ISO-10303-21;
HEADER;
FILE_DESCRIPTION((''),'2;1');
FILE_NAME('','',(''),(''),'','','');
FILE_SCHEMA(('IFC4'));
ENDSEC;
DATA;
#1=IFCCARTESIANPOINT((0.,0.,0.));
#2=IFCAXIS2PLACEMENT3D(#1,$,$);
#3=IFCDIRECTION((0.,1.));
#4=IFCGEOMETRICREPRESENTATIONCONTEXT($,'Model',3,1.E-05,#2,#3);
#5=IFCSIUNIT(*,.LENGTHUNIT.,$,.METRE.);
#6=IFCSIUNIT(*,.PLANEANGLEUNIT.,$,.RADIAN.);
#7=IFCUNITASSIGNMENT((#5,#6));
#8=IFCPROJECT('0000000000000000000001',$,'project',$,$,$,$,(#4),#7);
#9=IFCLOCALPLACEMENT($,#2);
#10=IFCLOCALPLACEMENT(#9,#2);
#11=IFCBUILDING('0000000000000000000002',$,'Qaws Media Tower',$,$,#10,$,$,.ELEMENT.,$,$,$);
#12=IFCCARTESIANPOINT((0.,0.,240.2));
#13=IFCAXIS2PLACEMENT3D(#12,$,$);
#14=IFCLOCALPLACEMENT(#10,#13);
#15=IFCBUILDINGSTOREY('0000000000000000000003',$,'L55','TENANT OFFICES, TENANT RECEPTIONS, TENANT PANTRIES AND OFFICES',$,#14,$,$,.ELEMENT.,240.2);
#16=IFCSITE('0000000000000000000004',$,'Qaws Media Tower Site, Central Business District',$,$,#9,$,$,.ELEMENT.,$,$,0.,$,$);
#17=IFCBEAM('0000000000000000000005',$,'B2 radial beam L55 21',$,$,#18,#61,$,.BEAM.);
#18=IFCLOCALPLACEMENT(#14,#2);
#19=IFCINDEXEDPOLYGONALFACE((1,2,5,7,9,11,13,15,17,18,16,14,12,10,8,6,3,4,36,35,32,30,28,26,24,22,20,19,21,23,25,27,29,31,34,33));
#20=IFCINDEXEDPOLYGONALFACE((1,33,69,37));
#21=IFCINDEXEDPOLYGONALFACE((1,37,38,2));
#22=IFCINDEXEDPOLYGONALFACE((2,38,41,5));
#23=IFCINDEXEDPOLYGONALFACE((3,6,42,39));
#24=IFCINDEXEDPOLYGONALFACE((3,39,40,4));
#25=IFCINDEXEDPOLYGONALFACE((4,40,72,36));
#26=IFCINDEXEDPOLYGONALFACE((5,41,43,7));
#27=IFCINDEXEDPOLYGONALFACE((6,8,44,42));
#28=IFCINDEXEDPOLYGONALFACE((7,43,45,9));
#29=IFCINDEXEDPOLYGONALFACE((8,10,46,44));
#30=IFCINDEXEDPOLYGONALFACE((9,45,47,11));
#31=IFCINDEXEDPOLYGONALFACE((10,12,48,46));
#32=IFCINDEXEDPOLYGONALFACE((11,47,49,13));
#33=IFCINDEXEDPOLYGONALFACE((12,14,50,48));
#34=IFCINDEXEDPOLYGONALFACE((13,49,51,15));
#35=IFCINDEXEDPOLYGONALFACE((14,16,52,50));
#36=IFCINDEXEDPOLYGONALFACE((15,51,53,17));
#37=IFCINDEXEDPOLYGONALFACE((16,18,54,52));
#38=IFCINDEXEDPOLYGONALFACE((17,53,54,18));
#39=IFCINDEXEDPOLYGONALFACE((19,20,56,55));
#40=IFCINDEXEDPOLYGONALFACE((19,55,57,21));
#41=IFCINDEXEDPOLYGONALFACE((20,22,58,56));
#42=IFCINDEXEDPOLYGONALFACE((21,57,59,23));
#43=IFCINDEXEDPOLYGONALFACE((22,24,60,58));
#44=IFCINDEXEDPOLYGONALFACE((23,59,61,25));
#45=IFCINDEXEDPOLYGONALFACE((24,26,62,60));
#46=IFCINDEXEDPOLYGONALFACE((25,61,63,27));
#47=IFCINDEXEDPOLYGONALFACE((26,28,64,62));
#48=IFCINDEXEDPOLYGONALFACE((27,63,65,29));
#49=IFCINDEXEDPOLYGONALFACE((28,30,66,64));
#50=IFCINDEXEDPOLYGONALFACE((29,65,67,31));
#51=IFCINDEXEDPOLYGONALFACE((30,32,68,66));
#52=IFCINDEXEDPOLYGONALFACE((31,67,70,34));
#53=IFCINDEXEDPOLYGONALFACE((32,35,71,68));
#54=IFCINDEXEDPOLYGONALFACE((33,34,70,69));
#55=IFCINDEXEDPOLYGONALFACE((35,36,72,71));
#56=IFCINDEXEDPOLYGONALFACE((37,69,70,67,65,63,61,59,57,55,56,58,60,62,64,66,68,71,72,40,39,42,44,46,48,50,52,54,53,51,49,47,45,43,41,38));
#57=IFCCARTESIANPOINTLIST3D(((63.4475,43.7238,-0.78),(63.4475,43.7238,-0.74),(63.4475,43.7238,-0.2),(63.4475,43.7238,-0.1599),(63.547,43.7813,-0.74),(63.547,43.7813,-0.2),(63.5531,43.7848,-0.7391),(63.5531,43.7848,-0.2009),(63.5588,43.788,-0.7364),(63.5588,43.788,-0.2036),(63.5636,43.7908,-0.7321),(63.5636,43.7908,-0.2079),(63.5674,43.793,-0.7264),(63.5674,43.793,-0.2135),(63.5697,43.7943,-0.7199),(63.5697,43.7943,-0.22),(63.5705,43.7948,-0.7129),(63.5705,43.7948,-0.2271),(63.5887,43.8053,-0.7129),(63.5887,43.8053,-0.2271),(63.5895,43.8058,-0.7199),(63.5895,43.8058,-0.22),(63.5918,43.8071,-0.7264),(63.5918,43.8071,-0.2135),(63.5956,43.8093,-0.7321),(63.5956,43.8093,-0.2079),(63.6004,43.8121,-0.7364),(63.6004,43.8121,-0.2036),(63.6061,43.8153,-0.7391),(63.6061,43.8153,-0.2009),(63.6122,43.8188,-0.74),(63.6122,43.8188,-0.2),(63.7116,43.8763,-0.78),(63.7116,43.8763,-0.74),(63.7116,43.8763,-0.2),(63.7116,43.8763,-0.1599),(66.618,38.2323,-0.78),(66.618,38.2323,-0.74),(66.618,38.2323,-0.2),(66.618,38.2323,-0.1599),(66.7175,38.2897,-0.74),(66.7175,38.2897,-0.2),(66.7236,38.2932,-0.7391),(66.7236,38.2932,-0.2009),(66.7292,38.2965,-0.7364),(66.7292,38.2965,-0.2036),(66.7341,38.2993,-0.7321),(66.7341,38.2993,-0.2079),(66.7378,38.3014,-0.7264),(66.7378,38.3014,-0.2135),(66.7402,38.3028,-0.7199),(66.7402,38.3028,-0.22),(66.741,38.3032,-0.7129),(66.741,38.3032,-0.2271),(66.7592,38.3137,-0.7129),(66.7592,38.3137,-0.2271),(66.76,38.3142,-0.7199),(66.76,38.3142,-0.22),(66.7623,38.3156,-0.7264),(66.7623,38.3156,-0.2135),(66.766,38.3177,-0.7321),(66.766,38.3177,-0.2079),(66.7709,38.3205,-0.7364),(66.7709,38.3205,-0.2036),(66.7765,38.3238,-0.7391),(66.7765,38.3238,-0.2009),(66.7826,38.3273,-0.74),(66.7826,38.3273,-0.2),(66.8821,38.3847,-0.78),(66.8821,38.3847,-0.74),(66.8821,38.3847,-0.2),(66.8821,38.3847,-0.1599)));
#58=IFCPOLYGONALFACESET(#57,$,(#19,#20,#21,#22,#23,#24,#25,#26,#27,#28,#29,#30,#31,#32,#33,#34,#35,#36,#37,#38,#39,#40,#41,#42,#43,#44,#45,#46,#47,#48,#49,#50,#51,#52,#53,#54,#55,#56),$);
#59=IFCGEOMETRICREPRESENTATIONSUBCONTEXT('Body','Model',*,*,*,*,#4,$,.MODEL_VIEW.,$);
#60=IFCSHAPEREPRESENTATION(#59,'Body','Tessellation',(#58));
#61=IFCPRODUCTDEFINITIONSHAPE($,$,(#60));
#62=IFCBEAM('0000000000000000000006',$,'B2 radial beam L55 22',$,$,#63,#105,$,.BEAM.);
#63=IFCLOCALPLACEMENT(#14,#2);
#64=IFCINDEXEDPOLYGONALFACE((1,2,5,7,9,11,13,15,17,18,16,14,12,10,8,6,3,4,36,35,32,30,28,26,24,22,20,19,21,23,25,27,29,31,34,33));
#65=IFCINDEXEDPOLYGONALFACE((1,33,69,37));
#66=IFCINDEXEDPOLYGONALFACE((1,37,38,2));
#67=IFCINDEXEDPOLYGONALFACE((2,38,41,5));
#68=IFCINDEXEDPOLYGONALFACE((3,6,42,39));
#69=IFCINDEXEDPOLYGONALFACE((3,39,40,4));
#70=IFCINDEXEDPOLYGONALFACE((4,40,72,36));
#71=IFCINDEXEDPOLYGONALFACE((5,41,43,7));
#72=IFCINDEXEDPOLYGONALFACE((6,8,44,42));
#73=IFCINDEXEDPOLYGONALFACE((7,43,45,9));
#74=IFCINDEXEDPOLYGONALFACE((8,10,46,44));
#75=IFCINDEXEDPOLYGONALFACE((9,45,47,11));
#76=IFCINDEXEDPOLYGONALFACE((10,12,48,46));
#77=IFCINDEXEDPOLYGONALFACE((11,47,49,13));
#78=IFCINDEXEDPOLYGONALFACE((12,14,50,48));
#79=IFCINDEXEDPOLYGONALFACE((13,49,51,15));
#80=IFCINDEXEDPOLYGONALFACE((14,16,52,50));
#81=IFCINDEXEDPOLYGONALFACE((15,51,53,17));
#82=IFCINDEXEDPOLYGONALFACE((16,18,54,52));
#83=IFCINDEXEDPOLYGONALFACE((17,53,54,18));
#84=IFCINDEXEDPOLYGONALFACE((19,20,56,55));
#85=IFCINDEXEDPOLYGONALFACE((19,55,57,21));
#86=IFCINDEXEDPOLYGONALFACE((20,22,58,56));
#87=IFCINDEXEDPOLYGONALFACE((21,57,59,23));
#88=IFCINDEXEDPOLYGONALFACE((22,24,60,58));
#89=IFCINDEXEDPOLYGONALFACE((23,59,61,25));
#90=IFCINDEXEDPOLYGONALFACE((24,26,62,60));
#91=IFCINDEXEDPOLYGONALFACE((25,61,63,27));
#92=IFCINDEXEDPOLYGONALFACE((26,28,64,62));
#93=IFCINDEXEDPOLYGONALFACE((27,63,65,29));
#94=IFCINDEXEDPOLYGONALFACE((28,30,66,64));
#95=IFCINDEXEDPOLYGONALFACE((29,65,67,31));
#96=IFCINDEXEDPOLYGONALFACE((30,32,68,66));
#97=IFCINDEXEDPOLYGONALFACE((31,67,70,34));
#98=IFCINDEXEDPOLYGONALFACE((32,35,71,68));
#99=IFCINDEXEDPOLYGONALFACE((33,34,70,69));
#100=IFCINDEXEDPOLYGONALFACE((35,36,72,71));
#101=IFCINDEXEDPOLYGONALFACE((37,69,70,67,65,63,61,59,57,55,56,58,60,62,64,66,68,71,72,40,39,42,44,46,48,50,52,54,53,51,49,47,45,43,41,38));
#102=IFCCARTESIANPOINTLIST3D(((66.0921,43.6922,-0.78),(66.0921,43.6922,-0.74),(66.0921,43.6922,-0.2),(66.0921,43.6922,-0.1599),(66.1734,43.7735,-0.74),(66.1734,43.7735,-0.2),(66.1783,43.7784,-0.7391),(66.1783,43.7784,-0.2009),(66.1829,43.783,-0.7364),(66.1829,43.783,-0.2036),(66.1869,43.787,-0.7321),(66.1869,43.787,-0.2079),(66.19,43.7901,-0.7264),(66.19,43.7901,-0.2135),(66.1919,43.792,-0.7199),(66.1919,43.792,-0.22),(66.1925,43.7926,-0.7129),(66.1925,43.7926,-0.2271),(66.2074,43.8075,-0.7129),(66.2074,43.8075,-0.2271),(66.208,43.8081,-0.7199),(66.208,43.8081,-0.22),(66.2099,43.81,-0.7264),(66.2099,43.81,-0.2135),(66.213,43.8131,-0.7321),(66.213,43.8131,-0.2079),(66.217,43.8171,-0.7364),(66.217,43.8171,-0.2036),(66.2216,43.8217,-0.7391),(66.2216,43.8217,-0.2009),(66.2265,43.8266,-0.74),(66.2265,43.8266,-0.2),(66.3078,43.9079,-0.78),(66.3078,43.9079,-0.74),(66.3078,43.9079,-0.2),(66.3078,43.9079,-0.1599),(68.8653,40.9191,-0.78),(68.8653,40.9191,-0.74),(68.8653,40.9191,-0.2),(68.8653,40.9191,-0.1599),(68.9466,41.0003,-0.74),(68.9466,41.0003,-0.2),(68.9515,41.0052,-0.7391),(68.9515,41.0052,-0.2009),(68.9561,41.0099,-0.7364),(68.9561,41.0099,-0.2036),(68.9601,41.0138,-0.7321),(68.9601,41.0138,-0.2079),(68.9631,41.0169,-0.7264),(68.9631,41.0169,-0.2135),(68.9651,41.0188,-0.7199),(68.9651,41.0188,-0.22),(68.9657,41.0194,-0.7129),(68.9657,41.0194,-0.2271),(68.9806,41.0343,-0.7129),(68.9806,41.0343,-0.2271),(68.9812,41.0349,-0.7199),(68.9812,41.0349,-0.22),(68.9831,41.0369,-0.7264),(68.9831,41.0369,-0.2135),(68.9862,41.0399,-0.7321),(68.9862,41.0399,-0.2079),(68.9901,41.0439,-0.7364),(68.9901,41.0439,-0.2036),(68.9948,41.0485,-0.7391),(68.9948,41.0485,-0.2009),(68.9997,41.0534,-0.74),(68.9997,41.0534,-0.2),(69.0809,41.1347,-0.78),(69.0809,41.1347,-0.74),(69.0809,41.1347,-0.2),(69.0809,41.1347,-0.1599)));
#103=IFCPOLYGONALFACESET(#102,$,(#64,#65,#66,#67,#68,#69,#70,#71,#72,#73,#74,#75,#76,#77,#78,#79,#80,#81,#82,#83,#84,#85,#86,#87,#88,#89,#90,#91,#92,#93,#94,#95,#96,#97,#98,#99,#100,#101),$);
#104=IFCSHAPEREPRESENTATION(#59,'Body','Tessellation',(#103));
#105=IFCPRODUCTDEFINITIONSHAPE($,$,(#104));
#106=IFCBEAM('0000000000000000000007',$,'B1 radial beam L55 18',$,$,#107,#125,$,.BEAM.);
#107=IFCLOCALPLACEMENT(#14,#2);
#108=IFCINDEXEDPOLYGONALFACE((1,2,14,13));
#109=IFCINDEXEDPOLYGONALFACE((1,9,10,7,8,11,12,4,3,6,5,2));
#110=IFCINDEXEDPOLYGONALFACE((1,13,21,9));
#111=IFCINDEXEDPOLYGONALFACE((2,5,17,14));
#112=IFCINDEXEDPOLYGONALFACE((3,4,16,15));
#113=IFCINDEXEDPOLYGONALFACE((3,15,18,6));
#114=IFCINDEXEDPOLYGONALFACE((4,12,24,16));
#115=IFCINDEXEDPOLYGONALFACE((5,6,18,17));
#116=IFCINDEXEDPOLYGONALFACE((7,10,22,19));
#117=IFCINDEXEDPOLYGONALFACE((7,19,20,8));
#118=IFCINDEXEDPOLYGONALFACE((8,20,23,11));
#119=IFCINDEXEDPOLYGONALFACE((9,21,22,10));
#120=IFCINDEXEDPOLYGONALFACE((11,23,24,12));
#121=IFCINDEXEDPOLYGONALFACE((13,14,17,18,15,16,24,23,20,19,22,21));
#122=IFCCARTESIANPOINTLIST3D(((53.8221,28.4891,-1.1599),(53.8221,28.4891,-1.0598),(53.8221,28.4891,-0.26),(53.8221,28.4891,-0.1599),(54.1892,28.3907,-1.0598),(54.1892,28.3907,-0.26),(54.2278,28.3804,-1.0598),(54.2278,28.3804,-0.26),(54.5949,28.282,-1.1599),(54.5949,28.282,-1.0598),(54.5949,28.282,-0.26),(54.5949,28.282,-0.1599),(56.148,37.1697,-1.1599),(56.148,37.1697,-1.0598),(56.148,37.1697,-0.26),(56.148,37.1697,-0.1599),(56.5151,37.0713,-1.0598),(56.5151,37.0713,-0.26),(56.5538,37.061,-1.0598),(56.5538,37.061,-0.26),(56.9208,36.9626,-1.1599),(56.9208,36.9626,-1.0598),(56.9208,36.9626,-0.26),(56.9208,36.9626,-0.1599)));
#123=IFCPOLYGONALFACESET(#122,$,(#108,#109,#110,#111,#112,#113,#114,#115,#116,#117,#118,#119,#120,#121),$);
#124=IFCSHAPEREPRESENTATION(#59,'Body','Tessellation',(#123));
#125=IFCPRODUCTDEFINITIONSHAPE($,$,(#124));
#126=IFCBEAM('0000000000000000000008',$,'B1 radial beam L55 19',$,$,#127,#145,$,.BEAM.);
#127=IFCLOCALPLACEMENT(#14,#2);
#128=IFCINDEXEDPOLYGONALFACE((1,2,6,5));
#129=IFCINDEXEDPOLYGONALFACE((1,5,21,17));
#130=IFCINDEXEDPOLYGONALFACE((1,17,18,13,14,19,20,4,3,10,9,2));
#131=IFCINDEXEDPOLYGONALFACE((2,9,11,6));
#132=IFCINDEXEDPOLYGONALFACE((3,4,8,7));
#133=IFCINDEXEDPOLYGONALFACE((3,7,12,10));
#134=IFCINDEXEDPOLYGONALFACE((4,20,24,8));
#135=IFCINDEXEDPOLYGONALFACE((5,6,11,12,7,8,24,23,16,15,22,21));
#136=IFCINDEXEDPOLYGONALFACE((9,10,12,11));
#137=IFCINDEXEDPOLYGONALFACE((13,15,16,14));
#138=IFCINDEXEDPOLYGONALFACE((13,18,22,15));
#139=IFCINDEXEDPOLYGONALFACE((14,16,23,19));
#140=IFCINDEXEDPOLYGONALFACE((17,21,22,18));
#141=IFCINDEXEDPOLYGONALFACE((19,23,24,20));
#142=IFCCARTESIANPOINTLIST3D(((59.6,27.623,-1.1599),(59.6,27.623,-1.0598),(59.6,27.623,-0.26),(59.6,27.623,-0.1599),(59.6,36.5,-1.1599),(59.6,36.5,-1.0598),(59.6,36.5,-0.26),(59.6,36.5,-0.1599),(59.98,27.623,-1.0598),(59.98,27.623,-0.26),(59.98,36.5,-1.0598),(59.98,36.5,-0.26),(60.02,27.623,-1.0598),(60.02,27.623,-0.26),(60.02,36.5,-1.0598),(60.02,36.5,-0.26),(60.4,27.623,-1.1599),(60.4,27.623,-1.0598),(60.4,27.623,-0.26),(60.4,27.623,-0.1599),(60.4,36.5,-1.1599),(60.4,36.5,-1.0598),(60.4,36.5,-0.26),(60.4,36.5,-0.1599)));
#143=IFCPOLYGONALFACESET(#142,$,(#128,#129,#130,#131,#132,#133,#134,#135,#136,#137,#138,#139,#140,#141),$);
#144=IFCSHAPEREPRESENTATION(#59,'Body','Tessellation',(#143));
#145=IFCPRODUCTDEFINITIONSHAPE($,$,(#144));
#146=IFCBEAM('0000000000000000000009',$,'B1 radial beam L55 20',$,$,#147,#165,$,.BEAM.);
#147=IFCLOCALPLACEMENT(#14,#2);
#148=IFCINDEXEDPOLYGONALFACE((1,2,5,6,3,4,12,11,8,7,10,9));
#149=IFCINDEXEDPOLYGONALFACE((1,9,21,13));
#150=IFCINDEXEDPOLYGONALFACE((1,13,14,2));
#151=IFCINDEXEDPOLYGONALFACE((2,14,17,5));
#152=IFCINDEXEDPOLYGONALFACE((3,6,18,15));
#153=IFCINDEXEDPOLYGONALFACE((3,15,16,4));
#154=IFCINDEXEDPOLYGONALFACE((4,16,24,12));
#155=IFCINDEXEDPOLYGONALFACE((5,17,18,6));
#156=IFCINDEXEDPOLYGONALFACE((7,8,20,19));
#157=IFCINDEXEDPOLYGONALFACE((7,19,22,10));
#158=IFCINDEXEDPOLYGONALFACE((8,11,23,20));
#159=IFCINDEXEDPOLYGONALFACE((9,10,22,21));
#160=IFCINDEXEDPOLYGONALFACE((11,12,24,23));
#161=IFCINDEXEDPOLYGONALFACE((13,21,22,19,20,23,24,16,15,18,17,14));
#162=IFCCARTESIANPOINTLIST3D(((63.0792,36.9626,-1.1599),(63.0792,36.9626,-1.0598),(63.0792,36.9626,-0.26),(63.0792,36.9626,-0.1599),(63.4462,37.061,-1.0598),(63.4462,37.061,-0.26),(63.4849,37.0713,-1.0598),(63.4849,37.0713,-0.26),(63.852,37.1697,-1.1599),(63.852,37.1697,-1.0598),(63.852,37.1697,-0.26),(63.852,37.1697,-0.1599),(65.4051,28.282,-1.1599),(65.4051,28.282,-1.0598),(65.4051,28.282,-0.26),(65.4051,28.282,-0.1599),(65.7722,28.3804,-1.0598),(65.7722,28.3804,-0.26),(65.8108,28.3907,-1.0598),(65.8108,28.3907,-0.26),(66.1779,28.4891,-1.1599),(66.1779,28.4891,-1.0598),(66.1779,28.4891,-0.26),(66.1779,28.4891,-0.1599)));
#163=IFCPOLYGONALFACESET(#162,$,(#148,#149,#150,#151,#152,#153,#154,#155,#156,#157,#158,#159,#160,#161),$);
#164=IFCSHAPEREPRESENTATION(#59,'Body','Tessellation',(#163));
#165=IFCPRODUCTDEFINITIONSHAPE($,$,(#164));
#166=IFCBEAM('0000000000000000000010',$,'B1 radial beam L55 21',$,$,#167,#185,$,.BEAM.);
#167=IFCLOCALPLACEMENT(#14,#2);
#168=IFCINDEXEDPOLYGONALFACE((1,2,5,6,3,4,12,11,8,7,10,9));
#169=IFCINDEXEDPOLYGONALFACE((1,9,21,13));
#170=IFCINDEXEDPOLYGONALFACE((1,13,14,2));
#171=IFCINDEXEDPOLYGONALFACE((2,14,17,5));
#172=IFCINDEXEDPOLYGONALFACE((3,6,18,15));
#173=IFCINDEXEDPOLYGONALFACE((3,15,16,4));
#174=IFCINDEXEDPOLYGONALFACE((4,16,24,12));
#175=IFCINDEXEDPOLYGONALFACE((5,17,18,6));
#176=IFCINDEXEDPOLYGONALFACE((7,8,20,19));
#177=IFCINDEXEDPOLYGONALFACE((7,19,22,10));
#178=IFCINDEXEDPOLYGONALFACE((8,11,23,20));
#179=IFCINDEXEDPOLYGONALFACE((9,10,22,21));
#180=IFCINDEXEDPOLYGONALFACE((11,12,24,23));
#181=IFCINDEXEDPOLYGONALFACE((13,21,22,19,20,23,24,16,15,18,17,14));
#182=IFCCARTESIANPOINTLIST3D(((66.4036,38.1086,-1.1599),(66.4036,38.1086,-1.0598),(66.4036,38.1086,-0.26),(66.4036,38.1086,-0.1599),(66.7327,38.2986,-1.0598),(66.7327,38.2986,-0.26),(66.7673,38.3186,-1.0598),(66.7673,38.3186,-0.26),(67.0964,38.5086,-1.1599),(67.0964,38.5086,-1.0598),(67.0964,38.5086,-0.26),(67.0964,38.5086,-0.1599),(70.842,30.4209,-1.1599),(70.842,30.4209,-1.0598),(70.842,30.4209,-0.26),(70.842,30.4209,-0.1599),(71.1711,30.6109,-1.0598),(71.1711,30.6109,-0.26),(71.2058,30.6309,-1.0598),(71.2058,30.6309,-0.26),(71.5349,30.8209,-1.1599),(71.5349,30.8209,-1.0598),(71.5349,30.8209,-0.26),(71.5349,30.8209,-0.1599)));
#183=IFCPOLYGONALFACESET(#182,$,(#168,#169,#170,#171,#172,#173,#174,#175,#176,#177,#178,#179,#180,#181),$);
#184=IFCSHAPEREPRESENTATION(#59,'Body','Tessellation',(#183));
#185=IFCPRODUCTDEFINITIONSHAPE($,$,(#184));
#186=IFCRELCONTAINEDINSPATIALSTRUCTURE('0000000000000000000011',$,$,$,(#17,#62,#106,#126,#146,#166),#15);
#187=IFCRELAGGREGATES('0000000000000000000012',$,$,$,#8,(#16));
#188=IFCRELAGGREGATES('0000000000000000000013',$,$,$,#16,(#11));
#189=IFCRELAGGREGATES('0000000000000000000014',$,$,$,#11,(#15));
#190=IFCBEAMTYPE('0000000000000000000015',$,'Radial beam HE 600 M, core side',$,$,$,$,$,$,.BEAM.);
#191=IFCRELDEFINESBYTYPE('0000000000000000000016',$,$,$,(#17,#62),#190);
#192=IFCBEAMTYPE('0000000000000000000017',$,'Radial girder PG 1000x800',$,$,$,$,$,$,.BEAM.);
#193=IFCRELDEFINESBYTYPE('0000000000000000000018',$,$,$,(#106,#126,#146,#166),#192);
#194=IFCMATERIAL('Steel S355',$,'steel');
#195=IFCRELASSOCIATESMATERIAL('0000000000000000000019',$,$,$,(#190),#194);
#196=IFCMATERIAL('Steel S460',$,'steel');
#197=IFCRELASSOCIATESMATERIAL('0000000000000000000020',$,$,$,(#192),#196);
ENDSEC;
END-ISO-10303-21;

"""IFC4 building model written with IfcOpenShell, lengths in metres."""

from ifc_helpers import new_model, si_unit, direction, frame, origin, origin_2d, place, context, subcontext, project, spatial, i_section, extrude, material, material_profile, profile_set, type_object, element, save


model = new_model("IFC4")

# Units and contexts
model_context = context("Model", 3, precision=1e-05, world=origin(), true_north=direction((0.0, 1.0)))
body_context = subcontext(model_context, "Body", "Model", "MODEL_VIEW")
ifc_project = project(units=[si_unit("LENGTHUNIT", "METRE"), si_unit("PLANEANGLEUNIT", "RADIAN")], contexts=[model_context])

# Site, building, storey
site_placement = place(None, origin())
site = spatial("IfcSite", under=ifc_project, at=site_placement, Name="Qaws Media Tower Site, Central Business District", CompositionType="ELEMENT", RefElevation=0.0)
building_placement = place(site_placement, origin())
building = spatial("IfcBuilding", under=site, at=building_placement, Name="Qaws Media Tower", CompositionType="ELEMENT")
storey_placement = place(building_placement, frame((0.0, 0.0, 240.2)))
storey = spatial("IfcBuildingStorey", under=building, at=storey_placement, Name="L55", Description="TENANT OFFICES, TENANT RECEPTIONS, TENANT PANTRIES AND OFFICES", CompositionType="ELEMENT", Elevation=240.2)

# Beams
ifc_material_1 = material(Name="Steel S355", Category="steel")
ifc_material_profile_1 = material_profile(ifc_material_1, i_section(OverallWidth=0.3049, OverallDepth=0.6201, WebThickness=0.021, FlangeThickness=0.04, FilletRadius=0.0271, at=origin_2d()), Name="HE 600 M")
ifc_profile_set_1 = profile_set([ifc_material_profile_1], Name="Steel S355")
beam_type_1 = type_object("IfcBeamType", Name="Radial beam HE 600 M, core side", PredefinedType="BEAM", material=ifc_profile_set_1)
beam_1_placement = place(storey_placement, frame((63.5796, 43.8, -0.47), z_axis=(0.49999, -0.866031, 0.0), x_axis=(0.866031, 0.49999, 0.0)))
element("IfcBeam", 1, at=beam_1_placement, inside=storey, type_object=beam_type_1, Name="B2 radial beam L55 21", PredefinedType="BEAM", context=body_context, shape_type="SweptSolid", body=[
    extrude(i_section(OverallWidth=0.3049, OverallDepth=0.6201, WebThickness=0.021, FlangeThickness=0.04, FilletRadius=0.0271, at=origin_2d()), origin(), (0.0, 0.0, 1.0), 6.3411),
])
beam_2_placement = place(storey_placement, frame((66.2, 43.8, -0.47), z_axis=(0.707107, -0.707107, 0.0), x_axis=(0.707107, 0.707107, 0.0)))
element("IfcBeam", 2, at=beam_2_placement, inside=storey, type_object=beam_type_1, Name="B2 radial beam L55 22", PredefinedType="BEAM", context=body_context, shape_type="SweptSolid", body=[
    extrude(i_section(OverallWidth=0.3049, OverallDepth=0.6201, WebThickness=0.021, FlangeThickness=0.04, FilletRadius=0.0271, at=origin_2d()), origin(), (0.0, 0.0, 1.0), 3.9219),
])
ifc_material_2 = material(Name="Steel S460", Category="steel")
ifc_material_profile_2 = material_profile(ifc_material_2, i_section(OverallWidth=0.8, OverallDepth=1.0, WebThickness=0.04, FlangeThickness=0.1001, at=origin_2d()), Name="PG 1000x800")
ifc_profile_set_2 = profile_set([ifc_material_profile_2], Name="Steel S460")
beam_type_2 = type_object("IfcBeamType", Name="Radial girder PG 1000x800", PredefinedType="BEAM", material=ifc_profile_set_2)
beam_3_placement = place(storey_placement, frame((56.5344, 37.0662, -0.6599), z_axis=(-0.258814, -0.965927, 0.0), x_axis=(0.965927, -0.258814, 0.0)))
element("IfcBeam", 3, at=beam_3_placement, inside=storey, type_object=beam_type_2, Name="B1 radial beam L55 18", PredefinedType="BEAM", context=body_context, shape_type="SweptSolid", body=[
    extrude(i_section(OverallWidth=0.8, OverallDepth=1.0, WebThickness=0.04, FlangeThickness=0.1001, at=origin_2d()), origin(), (0.0, 0.0, 1.0), 8.9868),
])
beam_4_placement = place(storey_placement, frame((60.0, 36.5, -0.6599), z_axis=(0.0, -1.0, 0.0), x_axis=(1.0, 0.0, 0.0)))
element("IfcBeam", 4, at=beam_4_placement, inside=storey, type_object=beam_type_2, Name="B1 radial beam L55 19", PredefinedType="BEAM", context=body_context, shape_type="SweptSolid", body=[
    extrude(i_section(OverallWidth=0.8, OverallDepth=1.0, WebThickness=0.04, FlangeThickness=0.1001, at=origin_2d()), origin(), (0.0, 0.0, 1.0), 8.877),
])
beam_5_placement = place(storey_placement, frame((63.4656, 37.0662, -0.6599), z_axis=(0.258814, -0.965927, 0.0), x_axis=(0.965927, 0.258814, 0.0)))
element("IfcBeam", 5, at=beam_5_placement, inside=storey, type_object=beam_type_2, Name="B1 radial beam L55 20", PredefinedType="BEAM", context=body_context, shape_type="SweptSolid", body=[
    extrude(i_section(OverallWidth=0.8, OverallDepth=1.0, WebThickness=0.04, FlangeThickness=0.1001, at=origin_2d()), origin(), (0.0, 0.0, 1.0), 8.9868),
])
beam_6_placement = place(storey_placement, frame((66.75, 38.3086, -0.6599), z_axis=(0.499996, -0.866028, 0.0), x_axis=(0.866028, 0.499996, 0.0)))
element("IfcBeam", 6, at=beam_6_placement, inside=storey, type_object=beam_type_2, Name="B1 radial beam L55 21", PredefinedType="BEAM", context=body_context, shape_type="SweptSolid", body=[
    extrude(i_section(OverallWidth=0.8, OverallDepth=1.0, WebThickness=0.04, FlangeThickness=0.1001, at=origin_2d()), origin(), (0.0, 0.0, 1.0), 8.877),
])

save(model, "model.ifc")
